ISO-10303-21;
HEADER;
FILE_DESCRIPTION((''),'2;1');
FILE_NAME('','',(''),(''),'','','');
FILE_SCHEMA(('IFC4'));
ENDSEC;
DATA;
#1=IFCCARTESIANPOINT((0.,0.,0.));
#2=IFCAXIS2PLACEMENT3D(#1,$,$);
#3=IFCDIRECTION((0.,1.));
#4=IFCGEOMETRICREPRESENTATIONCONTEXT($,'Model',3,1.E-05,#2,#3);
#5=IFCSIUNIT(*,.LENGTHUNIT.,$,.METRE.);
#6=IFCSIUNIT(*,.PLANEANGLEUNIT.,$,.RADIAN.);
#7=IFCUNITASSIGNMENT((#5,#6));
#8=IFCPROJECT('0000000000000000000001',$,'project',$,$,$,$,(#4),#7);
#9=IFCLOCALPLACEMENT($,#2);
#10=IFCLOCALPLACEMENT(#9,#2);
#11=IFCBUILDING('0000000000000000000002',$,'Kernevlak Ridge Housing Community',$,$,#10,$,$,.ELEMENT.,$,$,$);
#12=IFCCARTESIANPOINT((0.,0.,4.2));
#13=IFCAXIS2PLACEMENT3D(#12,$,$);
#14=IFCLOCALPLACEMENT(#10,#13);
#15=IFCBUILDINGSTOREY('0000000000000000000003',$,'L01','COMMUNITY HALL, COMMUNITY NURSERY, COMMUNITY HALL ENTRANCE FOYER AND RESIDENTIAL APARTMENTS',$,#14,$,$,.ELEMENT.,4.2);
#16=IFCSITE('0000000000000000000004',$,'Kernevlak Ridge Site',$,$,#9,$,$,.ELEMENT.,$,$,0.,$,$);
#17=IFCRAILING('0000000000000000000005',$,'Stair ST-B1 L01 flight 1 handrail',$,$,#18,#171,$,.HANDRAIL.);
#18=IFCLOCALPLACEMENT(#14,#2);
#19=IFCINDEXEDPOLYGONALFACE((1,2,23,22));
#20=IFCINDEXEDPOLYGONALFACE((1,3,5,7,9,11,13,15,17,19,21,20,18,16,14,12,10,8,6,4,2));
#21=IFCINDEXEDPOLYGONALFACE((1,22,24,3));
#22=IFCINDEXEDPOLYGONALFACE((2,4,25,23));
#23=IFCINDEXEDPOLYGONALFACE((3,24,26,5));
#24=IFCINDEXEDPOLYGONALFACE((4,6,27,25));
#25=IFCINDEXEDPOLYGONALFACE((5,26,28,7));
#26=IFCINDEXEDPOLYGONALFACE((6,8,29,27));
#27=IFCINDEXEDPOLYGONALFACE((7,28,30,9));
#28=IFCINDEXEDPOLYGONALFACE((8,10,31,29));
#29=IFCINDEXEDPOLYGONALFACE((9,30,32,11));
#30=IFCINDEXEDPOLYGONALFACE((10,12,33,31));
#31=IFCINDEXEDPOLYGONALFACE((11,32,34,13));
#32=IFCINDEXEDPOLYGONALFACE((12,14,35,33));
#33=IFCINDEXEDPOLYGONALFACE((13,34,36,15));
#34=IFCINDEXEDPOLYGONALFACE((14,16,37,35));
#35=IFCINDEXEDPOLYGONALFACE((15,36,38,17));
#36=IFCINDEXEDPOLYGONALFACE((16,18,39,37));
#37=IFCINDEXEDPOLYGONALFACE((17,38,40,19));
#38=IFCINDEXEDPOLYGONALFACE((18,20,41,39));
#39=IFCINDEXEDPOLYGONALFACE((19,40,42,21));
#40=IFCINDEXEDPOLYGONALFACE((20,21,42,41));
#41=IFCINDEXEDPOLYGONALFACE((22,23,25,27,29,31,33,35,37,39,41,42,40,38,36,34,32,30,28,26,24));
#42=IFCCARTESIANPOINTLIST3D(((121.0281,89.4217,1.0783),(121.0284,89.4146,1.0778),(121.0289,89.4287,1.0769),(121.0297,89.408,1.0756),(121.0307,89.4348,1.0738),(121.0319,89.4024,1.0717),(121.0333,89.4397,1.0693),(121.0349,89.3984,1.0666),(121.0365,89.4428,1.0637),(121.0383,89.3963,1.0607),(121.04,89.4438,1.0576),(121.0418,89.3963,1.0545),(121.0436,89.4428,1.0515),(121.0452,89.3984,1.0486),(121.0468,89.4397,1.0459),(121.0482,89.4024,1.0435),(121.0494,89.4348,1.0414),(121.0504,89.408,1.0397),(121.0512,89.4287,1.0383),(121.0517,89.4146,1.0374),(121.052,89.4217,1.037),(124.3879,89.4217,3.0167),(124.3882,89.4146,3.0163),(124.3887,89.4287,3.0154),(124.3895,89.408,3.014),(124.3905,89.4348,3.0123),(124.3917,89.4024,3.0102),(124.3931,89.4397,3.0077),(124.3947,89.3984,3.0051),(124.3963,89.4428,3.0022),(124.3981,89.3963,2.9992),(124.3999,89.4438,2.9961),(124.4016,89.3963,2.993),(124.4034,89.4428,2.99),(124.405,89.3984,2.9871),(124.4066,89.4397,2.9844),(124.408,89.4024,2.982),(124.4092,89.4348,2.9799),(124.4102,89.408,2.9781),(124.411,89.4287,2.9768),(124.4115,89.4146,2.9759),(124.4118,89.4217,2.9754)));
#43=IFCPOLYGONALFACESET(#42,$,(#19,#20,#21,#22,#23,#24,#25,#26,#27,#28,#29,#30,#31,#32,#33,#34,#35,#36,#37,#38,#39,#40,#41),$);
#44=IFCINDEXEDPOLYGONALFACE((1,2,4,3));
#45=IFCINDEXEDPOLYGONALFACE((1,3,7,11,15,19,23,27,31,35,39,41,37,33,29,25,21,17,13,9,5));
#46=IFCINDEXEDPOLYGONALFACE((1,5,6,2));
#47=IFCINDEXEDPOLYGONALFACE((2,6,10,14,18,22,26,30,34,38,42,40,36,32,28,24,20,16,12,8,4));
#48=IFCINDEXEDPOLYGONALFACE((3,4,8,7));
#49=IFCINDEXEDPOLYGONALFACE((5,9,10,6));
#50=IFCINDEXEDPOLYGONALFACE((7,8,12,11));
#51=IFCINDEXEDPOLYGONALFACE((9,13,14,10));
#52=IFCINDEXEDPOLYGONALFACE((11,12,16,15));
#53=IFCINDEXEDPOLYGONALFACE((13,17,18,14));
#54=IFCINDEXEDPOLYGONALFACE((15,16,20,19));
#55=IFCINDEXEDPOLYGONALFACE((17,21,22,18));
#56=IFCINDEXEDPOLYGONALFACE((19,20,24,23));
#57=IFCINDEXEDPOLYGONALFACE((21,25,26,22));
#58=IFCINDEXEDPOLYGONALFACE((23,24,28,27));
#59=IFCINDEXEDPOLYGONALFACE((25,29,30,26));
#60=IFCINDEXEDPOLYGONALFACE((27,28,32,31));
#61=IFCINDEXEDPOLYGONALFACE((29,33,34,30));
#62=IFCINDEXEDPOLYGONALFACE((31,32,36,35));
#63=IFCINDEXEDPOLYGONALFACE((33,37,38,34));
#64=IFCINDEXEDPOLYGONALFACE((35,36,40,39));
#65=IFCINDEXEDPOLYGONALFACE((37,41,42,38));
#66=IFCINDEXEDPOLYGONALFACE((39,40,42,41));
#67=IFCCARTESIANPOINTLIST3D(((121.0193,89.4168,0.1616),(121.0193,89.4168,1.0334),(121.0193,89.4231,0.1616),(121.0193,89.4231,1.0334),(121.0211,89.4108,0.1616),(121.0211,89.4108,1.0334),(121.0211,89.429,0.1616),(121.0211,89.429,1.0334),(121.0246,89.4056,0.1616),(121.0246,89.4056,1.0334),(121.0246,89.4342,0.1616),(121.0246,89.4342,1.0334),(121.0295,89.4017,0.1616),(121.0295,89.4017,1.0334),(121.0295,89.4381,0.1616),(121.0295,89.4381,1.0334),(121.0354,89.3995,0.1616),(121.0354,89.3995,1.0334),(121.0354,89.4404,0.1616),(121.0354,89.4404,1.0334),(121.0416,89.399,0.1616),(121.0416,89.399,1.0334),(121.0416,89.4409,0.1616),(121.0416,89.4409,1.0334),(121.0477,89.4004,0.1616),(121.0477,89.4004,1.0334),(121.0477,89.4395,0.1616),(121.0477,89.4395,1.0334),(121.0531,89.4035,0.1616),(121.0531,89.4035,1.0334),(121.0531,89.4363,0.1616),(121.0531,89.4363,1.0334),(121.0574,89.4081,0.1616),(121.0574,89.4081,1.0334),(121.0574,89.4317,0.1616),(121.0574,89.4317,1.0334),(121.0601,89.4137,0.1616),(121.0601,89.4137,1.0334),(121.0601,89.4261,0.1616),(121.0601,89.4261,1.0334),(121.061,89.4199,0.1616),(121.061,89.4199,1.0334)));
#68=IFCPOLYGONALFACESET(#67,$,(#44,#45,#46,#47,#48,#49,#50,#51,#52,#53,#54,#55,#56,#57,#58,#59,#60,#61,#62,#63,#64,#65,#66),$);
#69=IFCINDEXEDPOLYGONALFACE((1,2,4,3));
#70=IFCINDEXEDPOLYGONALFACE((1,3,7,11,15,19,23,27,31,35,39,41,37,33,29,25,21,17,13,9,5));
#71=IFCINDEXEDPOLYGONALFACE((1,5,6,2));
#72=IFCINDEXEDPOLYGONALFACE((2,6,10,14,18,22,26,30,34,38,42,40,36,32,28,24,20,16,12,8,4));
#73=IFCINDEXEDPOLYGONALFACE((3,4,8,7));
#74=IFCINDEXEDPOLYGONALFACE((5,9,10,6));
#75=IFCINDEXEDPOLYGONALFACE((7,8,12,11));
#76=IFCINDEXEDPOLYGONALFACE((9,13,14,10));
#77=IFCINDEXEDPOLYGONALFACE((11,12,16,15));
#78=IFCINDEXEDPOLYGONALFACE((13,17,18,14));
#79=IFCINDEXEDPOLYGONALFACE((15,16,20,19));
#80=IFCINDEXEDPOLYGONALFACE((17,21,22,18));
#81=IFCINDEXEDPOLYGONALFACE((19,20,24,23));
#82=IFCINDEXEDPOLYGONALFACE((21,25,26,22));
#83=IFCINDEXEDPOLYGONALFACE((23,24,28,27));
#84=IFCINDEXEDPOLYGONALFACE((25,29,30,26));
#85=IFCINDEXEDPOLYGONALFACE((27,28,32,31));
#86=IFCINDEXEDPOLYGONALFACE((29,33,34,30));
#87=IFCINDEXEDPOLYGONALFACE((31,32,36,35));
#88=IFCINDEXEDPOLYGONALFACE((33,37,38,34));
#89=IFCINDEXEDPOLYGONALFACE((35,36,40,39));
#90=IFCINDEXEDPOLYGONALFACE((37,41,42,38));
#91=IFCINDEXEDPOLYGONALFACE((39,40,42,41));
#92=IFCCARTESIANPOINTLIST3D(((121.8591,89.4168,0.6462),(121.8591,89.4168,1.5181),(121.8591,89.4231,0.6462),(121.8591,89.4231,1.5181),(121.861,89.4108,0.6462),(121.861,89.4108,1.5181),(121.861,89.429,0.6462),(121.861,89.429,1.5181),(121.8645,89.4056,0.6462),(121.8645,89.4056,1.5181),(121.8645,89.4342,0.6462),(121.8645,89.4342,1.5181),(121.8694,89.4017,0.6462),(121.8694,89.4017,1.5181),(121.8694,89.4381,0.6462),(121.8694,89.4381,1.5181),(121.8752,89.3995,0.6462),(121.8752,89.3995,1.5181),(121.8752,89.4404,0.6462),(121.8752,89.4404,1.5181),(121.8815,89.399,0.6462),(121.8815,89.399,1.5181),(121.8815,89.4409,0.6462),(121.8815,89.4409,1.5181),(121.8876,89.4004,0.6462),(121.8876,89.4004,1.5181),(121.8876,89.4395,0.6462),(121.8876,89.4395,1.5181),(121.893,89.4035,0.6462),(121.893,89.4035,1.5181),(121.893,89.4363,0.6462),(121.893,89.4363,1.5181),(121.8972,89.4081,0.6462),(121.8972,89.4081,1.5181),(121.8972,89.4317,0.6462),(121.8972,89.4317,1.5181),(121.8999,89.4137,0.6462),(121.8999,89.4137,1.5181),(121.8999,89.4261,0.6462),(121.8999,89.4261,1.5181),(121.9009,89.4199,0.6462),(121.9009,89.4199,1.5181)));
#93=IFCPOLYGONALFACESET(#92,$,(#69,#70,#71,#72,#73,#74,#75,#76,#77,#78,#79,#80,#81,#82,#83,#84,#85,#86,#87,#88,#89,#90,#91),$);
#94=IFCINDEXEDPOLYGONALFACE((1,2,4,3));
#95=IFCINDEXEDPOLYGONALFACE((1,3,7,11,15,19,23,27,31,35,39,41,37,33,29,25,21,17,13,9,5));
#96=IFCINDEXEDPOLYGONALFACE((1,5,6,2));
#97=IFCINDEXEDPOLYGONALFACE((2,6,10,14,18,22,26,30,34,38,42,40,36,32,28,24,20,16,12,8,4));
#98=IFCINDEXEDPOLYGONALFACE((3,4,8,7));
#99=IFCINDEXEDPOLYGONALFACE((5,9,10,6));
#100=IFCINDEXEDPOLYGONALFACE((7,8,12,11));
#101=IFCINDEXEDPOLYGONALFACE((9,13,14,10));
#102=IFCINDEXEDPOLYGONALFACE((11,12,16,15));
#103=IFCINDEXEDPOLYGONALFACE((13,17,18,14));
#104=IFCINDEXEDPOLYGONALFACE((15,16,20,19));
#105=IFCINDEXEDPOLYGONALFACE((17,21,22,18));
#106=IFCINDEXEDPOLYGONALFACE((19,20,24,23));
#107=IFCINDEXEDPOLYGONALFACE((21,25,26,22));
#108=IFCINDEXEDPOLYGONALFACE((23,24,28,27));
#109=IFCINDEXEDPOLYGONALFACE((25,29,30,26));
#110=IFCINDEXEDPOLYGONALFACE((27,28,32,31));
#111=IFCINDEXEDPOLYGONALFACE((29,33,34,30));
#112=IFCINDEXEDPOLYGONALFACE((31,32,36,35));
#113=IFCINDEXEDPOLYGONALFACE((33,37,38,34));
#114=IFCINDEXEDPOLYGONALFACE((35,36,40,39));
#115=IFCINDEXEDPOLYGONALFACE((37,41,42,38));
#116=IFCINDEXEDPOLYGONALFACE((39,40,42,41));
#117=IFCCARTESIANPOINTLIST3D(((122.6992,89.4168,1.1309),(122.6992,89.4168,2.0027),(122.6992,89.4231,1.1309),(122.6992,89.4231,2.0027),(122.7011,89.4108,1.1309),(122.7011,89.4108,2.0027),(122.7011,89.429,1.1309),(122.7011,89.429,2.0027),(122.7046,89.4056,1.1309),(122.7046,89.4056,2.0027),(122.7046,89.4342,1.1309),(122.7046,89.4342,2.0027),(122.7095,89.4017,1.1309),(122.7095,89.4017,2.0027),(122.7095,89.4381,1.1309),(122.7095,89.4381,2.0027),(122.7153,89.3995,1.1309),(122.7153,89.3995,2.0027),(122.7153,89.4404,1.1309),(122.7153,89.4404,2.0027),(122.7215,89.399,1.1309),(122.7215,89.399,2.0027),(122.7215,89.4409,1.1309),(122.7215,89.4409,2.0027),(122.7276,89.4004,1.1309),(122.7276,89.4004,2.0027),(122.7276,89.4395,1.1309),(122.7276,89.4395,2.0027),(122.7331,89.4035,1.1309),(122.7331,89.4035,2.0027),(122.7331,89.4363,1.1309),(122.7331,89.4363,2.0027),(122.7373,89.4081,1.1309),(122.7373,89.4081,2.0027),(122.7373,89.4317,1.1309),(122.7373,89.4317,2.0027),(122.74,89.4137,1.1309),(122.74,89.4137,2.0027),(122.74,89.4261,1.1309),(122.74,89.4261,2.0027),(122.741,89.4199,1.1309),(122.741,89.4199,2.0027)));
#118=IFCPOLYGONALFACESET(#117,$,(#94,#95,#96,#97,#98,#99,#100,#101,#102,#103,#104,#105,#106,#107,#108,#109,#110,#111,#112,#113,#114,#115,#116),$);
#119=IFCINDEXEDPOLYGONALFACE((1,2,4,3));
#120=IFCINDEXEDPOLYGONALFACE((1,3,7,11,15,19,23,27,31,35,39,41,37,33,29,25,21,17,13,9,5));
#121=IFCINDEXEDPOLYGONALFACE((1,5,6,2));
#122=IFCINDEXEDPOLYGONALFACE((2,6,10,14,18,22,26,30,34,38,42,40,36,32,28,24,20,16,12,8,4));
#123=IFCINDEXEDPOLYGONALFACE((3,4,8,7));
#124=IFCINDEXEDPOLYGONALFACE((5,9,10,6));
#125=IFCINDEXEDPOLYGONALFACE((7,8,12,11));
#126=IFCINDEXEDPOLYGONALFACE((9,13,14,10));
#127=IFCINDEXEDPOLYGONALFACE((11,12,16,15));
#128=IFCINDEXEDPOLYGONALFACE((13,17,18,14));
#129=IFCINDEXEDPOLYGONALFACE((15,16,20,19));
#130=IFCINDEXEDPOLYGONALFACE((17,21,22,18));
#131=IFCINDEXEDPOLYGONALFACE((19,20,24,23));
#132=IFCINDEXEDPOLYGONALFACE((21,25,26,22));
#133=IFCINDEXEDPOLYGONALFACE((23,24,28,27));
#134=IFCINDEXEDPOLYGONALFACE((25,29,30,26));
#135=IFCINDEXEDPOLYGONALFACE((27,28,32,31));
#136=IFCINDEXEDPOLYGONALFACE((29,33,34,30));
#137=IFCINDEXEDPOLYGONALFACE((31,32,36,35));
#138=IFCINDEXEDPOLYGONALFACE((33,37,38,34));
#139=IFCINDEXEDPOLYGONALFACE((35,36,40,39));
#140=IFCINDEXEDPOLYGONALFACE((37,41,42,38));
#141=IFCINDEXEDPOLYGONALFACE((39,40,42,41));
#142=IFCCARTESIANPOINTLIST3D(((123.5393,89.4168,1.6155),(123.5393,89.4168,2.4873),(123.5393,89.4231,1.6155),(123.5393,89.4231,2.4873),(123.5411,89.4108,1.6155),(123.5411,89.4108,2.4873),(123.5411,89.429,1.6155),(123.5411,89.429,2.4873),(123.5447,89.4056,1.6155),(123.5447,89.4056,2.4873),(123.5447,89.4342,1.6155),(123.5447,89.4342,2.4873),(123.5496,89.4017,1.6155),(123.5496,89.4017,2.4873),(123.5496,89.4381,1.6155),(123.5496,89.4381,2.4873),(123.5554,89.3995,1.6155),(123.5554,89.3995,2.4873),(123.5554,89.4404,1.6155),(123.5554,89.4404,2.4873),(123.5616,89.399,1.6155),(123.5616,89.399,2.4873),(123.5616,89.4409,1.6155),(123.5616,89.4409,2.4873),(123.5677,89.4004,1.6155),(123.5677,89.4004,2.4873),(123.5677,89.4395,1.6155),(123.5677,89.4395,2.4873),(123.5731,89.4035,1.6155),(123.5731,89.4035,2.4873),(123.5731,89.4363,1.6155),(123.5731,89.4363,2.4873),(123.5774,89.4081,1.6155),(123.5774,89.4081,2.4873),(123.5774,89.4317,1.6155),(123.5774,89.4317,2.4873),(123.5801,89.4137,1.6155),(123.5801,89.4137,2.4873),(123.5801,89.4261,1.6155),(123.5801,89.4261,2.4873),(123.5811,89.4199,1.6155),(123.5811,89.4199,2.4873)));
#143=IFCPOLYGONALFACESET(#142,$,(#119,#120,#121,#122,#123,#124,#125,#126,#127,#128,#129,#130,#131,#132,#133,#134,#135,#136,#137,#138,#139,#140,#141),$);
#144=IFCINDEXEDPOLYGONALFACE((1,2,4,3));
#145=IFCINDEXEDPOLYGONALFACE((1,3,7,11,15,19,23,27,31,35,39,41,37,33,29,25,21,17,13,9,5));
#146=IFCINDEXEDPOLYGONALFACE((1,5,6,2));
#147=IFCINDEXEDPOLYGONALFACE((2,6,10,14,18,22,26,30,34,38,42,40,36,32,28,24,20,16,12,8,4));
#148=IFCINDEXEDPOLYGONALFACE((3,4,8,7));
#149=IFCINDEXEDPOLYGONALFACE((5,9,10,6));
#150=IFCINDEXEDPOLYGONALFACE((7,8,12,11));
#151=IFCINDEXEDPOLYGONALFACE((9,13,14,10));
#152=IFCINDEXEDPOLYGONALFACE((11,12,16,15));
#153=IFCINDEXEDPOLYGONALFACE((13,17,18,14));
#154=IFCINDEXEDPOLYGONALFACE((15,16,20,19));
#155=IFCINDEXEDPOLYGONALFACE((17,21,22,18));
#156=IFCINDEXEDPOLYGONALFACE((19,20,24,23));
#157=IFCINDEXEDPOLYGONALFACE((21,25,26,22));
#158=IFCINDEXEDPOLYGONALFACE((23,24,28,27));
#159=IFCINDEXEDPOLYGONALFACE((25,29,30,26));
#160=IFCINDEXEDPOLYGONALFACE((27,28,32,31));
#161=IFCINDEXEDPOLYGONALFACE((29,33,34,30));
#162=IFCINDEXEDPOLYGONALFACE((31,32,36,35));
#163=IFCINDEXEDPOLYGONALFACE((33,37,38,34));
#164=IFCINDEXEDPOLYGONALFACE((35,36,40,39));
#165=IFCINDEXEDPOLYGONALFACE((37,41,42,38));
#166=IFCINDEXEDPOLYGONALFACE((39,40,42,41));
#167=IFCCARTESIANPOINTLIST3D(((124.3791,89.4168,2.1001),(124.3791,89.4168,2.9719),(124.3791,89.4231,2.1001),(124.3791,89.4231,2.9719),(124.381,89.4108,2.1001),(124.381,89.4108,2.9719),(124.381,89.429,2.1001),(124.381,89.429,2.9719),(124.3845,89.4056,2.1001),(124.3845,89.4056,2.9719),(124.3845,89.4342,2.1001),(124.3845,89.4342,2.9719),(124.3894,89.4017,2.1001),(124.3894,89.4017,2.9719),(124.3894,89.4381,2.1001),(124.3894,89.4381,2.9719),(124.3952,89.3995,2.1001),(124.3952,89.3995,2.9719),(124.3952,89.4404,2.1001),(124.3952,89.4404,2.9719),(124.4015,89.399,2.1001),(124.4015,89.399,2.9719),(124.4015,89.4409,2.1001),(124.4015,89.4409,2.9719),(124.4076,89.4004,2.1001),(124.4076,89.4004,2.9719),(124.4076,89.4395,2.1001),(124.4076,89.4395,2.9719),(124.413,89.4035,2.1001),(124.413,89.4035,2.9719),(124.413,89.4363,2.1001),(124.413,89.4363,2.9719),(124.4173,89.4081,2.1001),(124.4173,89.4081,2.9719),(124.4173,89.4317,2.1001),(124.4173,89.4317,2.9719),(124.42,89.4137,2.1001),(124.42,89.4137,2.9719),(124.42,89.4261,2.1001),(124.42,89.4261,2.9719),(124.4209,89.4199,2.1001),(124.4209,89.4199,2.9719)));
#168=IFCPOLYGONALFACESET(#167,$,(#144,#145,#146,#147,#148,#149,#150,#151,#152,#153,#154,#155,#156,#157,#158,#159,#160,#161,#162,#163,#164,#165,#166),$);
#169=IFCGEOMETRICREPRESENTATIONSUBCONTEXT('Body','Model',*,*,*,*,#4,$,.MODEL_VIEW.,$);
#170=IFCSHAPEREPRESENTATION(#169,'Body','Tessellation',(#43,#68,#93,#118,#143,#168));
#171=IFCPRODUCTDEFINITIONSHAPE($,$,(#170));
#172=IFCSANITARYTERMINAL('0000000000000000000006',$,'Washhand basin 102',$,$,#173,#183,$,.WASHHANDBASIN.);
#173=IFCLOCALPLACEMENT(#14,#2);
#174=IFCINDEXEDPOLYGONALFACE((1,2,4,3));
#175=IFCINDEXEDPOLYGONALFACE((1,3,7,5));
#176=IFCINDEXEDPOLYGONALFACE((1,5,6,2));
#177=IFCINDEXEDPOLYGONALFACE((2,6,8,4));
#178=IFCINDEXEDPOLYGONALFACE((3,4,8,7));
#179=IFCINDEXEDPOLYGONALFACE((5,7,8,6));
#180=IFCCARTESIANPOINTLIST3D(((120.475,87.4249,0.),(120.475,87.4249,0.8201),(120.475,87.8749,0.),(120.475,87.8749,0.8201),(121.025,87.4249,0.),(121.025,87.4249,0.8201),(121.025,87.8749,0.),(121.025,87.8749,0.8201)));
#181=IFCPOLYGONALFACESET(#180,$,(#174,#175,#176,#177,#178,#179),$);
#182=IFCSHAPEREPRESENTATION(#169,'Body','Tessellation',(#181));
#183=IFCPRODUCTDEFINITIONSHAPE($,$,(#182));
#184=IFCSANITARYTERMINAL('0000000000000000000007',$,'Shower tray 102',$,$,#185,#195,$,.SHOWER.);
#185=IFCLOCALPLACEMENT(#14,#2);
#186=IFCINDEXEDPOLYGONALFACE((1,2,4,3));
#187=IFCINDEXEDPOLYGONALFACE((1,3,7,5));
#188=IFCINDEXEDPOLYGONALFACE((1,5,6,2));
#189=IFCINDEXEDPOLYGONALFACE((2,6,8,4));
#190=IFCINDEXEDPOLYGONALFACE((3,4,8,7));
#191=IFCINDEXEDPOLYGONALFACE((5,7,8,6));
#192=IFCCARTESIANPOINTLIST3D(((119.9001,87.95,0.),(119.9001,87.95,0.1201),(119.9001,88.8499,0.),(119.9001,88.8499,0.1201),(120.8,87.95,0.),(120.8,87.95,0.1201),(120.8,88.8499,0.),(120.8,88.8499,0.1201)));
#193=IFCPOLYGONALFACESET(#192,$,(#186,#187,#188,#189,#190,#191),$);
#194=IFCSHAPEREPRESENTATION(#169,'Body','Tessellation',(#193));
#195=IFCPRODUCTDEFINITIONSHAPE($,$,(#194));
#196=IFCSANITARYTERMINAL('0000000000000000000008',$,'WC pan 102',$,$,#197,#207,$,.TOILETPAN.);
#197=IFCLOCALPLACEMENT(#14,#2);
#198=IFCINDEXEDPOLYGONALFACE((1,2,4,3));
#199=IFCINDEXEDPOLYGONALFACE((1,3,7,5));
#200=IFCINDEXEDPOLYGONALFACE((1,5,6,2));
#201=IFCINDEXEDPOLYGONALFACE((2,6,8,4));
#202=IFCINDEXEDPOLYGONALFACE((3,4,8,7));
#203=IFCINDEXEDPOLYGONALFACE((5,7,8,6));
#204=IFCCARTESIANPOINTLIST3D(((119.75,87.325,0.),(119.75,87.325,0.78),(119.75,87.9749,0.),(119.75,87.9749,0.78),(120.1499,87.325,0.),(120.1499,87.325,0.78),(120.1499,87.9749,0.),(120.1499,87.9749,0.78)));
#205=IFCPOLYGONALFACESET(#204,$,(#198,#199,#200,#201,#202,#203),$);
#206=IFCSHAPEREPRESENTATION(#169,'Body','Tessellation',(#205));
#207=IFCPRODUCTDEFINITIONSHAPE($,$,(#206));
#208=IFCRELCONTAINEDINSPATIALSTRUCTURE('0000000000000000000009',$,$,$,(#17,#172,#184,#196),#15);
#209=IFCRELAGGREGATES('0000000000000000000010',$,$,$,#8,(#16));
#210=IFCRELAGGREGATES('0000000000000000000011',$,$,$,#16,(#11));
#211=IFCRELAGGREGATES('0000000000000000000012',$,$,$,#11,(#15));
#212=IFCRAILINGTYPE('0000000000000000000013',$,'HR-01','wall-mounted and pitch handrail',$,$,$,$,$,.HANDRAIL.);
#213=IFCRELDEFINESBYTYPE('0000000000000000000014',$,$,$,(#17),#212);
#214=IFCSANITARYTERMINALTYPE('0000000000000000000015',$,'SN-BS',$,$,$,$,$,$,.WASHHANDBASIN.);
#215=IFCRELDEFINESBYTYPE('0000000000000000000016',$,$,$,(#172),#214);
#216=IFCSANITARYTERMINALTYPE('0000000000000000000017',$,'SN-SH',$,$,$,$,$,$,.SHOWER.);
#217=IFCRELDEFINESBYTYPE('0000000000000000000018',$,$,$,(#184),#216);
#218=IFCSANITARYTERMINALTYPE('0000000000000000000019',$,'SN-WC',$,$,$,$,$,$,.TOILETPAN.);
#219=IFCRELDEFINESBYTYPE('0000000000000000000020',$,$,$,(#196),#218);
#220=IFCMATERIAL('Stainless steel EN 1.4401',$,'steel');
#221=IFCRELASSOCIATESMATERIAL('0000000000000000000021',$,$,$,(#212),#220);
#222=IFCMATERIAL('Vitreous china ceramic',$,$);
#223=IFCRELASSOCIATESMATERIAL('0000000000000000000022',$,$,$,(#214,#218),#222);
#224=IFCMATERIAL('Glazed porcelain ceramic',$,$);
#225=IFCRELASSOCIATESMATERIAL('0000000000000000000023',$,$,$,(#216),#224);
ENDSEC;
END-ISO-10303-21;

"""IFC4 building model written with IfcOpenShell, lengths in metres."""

from ifc_helpers import new_model, si_unit, direction, frame, origin, origin_2d, place, context, subcontext, project, spatial, rectangle, circle, extrude, material, type_object, element, save


model = new_model("IFC4")

# Units and contexts
model_context = context("Model", 3, precision=1e-05, world=origin(), true_north=direction((0.0, 1.0)))
body_context = subcontext(model_context, "Body", "Model", "MODEL_VIEW")
ifc_project = project(units=[si_unit("LENGTHUNIT", "METRE"), si_unit("PLANEANGLEUNIT", "RADIAN")], contexts=[model_context])

# Site, building, storey
site_placement = place(None, origin())
site = spatial("IfcSite", under=ifc_project, at=site_placement, Name="Kernevlak Ridge Site", CompositionType="ELEMENT", RefElevation=0.0)
building_placement = place(site_placement, origin())
building = spatial("IfcBuilding", under=site, at=building_placement, Name="Kernevlak Ridge Housing Community", CompositionType="ELEMENT")
storey_placement = place(building_placement, frame((0.0, 0.0, 4.2)))
storey = spatial("IfcBuildingStorey", under=building, at=storey_placement, Name="L01", Description="COMMUNITY HALL, COMMUNITY NURSERY, COMMUNITY HALL ENTRANCE FOYER AND RESIDENTIAL APARTMENTS", CompositionType="ELEMENT", Elevation=4.2)

# Railing
ifc_material_1 = material(Name="Stainless steel EN 1.4401", Category="steel")
railing_type_1 = type_object("IfcRailingType", Name="HR-01", Description="wall-mounted and pitch handrail", PredefinedType="HANDRAIL", material=ifc_material_1)
railing_1_placement = place(storey_placement, frame((121.04, 89.4199, 0.1616)))
element("IfcRailing", 1, at=railing_1_placement, inside=storey, type_object=railing_type_1, Name="Stair ST-B1 L01 flight 1 handrail", PredefinedType="HANDRAIL", context=body_context, shape_type="SweptSolid", body=[
    extrude(circle(Radius=0.0239, at=origin_2d()), frame((0.0, 0.0, 0.896), z_axis=(0.866175, 0.0, 0.499741), x_axis=(0.0, 1.0, 0.0)), (0.0, 0.0, 1.0), 3.8789),
    extrude(circle(Radius=0.021, at=origin_2d()), origin(), (0.0, 0.0, 1.0), 0.8718),
    extrude(circle(Radius=0.021, at=origin_2d()), frame((0.8398, 0.0, 0.4846)), (0.0, 0.0, 1.0), 0.8718),
    extrude(circle(Radius=0.021, at=origin_2d()), frame((1.6799, 0.0, 0.9692)), (0.0, 0.0, 1.0), 0.8718),
    extrude(circle(Radius=0.021, at=origin_2d()), frame((2.52, 0.0, 1.4539)), (0.0, 0.0, 1.0), 0.8718),
    extrude(circle(Radius=0.021, at=origin_2d()), frame((3.3599, 0.0, 1.9385)), (0.0, 0.0, 1.0), 0.8718),
])

# Sanitary terminals
ifc_material_2 = material(Name="Vitreous china ceramic")
sanitary_terminal_type_1 = type_object("IfcSanitaryTerminalType", Name="SN-BS", PredefinedType="WASHHANDBASIN", material=ifc_material_2)
sanitary_terminal_1_placement = place(storey_placement, frame((120.75, 87.6499, 0.0), z_axis=(0.0, 0.0, 1.0), x_axis=(1.0, 0.0, 0.0)))
element("IfcSanitaryTerminal", 2, at=sanitary_terminal_1_placement, inside=storey, type_object=sanitary_terminal_type_1, Name="Washhand basin 102", PredefinedType="WASHHANDBASIN", context=body_context, shape_type="SweptSolid", body=[
    extrude(rectangle(XDim=0.55, YDim=0.45, at=origin_2d()), origin(), (0.0, 0.0, 1.0), 0.8201),
])
ifc_material_3 = material(Name="Glazed porcelain ceramic")
sanitary_terminal_type_2 = type_object("IfcSanitaryTerminalType", Name="SN-SH", PredefinedType="SHOWER", material=ifc_material_3)
sanitary_terminal_2_placement = place(storey_placement, frame((120.3501, 88.3999, 0.0), z_axis=(0.0, 0.0, 1.0), x_axis=(1.0, 0.0, 0.0)))
element("IfcSanitaryTerminal", 3, at=sanitary_terminal_2_placement, inside=storey, type_object=sanitary_terminal_type_2, Name="Shower tray 102", PredefinedType="SHOWER", context=body_context, shape_type="SweptSolid", body=[
    extrude(rectangle(XDim=0.8999, YDim=0.8999, at=origin_2d()), origin(), (0.0, 0.0, 1.0), 0.1201),
])
sanitary_terminal_type_3 = type_object("IfcSanitaryTerminalType", Name="SN-WC", PredefinedType="TOILETPAN", material=ifc_material_2)
sanitary_terminal_3_placement = place(storey_placement, frame((119.95, 87.6499, 0.0), z_axis=(0.0, 0.0, 1.0), x_axis=(1.0, 0.0, 0.0)))
element("IfcSanitaryTerminal", 4, at=sanitary_terminal_3_placement, inside=storey, type_object=sanitary_terminal_type_3, Name="WC pan 102", PredefinedType="TOILETPAN", context=body_context, shape_type="SweptSolid", body=[
    extrude(rectangle(XDim=0.3999, YDim=0.6499, at=origin_2d()), origin(), (0.0, 0.0, 1.0), 0.78),
])

save(model, "model.ifc")
